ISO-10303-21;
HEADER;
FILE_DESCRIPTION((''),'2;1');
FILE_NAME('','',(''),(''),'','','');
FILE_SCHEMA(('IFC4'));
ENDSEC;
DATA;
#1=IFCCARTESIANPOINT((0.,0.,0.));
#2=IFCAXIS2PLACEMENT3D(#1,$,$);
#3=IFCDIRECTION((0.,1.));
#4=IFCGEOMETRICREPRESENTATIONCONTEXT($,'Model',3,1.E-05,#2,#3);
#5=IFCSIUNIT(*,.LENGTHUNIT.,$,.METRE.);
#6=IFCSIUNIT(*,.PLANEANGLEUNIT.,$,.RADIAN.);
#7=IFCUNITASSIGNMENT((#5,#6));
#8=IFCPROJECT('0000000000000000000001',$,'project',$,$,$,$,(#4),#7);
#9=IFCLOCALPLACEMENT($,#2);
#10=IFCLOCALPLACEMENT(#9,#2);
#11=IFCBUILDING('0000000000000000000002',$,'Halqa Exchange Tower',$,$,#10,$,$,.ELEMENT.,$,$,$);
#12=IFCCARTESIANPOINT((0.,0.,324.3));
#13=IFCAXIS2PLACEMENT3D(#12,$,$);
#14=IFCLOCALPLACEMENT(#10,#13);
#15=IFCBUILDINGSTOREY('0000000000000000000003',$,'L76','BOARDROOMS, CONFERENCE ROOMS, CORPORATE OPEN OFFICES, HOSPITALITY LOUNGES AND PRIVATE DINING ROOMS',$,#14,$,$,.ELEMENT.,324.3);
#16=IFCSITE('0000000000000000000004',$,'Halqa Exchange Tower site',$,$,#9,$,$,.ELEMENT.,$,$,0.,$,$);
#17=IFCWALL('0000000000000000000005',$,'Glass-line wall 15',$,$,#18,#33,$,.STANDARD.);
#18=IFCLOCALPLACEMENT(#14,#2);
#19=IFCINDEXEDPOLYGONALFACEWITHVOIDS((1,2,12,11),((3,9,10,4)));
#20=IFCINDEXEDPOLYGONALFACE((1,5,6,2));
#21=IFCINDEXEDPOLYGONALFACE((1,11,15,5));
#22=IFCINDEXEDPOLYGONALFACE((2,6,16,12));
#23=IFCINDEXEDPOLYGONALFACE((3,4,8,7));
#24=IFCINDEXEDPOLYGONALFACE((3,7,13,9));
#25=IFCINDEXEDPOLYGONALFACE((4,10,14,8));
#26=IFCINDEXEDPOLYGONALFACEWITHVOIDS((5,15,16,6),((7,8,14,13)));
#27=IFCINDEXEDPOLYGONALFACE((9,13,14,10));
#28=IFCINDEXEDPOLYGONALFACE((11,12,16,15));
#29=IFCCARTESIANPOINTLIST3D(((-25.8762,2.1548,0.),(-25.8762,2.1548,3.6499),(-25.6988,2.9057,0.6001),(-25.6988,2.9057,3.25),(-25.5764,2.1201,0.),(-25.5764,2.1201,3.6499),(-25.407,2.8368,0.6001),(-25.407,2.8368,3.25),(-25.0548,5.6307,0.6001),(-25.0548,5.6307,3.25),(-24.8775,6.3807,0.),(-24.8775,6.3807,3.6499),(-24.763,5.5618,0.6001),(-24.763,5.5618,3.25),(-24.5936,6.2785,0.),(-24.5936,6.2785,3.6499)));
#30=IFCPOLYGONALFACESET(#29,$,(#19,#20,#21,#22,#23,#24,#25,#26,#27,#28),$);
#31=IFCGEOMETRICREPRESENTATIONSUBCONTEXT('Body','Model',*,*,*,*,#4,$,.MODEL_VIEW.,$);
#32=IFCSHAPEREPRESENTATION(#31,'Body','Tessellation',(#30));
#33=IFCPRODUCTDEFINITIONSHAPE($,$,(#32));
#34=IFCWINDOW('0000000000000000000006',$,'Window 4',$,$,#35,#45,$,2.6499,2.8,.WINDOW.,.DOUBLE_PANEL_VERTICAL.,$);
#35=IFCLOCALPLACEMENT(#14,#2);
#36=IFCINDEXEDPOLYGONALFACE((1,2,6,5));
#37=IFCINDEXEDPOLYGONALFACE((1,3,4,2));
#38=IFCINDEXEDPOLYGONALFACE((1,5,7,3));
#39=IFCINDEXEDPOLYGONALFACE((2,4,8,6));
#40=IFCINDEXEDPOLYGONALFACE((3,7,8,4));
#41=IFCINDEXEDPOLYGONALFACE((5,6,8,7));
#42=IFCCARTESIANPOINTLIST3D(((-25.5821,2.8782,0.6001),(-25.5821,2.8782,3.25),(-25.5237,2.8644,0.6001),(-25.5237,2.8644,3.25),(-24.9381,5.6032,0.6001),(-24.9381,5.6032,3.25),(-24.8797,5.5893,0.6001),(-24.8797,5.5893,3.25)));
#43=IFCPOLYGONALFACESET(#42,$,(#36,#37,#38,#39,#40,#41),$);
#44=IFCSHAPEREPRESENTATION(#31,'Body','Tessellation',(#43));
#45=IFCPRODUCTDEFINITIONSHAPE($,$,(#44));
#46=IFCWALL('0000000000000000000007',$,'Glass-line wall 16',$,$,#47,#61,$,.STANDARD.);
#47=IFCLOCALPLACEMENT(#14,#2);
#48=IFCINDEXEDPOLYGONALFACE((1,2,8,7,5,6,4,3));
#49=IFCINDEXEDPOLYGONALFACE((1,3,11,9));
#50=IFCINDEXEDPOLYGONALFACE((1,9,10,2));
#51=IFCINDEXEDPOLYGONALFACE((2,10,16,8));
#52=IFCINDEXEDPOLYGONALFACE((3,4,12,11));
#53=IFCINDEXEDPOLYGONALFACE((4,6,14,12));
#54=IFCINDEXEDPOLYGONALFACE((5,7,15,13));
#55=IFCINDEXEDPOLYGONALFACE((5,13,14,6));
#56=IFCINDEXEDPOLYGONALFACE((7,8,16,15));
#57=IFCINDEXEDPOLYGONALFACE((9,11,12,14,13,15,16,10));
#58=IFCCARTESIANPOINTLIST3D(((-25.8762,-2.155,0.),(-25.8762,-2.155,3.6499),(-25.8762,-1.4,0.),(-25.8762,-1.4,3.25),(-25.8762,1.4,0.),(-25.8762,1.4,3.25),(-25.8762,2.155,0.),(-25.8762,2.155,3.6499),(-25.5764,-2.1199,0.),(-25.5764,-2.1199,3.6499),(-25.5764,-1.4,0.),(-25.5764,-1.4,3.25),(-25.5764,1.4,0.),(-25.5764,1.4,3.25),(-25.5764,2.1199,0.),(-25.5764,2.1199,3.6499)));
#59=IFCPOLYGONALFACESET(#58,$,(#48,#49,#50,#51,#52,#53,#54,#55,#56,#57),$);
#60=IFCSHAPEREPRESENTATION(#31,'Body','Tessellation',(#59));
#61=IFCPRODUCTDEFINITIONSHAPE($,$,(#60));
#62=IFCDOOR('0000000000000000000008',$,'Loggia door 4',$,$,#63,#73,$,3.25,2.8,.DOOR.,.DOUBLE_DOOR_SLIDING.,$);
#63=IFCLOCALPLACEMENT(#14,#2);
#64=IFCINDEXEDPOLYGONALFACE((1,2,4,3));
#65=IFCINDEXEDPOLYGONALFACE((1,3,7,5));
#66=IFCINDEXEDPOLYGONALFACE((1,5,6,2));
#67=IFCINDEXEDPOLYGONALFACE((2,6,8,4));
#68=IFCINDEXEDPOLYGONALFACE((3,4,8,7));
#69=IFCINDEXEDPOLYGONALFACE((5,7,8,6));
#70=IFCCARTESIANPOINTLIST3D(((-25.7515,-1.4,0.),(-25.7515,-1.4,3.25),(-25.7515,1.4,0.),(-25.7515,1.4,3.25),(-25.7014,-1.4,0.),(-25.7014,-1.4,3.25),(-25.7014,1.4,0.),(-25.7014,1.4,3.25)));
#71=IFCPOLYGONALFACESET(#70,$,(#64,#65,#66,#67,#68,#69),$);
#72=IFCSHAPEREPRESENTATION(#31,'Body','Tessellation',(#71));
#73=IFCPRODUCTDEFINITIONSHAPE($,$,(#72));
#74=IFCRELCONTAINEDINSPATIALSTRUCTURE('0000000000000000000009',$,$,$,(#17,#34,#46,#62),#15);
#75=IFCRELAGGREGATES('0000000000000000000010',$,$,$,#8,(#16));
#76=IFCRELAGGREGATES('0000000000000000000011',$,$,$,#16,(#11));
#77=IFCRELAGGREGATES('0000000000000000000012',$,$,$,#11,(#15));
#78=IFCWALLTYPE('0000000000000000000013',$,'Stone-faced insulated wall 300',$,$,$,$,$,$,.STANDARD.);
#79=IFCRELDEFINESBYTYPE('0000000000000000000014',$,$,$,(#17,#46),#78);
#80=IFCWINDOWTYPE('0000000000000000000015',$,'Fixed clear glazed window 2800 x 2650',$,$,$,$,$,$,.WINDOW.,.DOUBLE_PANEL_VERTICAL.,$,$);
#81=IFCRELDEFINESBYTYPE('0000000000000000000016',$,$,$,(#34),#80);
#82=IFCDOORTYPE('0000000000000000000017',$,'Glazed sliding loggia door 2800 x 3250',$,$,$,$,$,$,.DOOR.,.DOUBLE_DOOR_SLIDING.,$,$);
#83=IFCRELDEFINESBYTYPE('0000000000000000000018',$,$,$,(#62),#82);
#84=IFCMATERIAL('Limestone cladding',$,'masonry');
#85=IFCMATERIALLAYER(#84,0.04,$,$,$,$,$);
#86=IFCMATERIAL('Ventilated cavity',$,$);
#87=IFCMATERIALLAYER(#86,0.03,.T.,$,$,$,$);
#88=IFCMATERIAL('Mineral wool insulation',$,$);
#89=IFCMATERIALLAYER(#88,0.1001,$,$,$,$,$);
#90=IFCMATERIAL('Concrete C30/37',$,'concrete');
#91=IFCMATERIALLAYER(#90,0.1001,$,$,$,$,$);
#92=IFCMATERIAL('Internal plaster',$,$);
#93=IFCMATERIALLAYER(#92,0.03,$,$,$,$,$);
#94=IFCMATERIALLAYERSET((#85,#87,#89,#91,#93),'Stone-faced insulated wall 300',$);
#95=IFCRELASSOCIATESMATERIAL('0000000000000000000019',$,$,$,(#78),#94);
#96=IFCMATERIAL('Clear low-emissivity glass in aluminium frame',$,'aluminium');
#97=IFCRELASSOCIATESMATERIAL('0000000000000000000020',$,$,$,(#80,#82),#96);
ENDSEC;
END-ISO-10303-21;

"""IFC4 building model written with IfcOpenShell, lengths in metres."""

from ifc_helpers import new_model, si_unit, direction, frame, frame_2d, origin, place, context, subcontext, project, spatial, polyline, rectangle, outline, extrude, material, layer, layer_set, type_object, element, fill, save


model = new_model("IFC4")

# Units and contexts
model_context = context("Model", 3, precision=1e-05, world=origin(), true_north=direction((0.0, 1.0)))
body_context = subcontext(model_context, "Body", "Model", "MODEL_VIEW")
ifc_project = project(units=[si_unit("LENGTHUNIT", "METRE"), si_unit("PLANEANGLEUNIT", "RADIAN")], contexts=[model_context])

# Site, building, storey
site_placement = place(None, origin())
site = spatial("IfcSite", under=ifc_project, at=site_placement, Name="Halqa Exchange Tower site", CompositionType="ELEMENT", RefElevation=0.0)
building_placement = place(site_placement, origin())
building = spatial("IfcBuilding", under=site, at=building_placement, Name="Halqa Exchange Tower", CompositionType="ELEMENT")
storey_placement = place(building_placement, frame((0.0, 0.0, 324.3)))
storey = spatial("IfcBuildingStorey", under=building, at=storey_placement, Name="L76", Description="BOARDROOMS, CONFERENCE ROOMS, CORPORATE OPEN OFFICES, HOSPITALITY LOUNGES AND PRIVATE DINING ROOMS", CompositionType="ELEMENT", Elevation=324.3)

# Wall, opening, window
ifc_material_1 = material(Name="Limestone cladding", Category="masonry")
ifc_layer_1 = layer(ifc_material_1, 0.04)
ifc_material_2 = material(Name="Ventilated cavity")
ifc_layer_2 = layer(ifc_material_2, 0.03, ventilated=True)
ifc_material_3 = material(Name="Mineral wool insulation")
ifc_layer_3 = layer(ifc_material_3, 0.1001)
ifc_material_4 = material(Name="Concrete C30/37", Category="concrete")
ifc_layer_4 = layer(ifc_material_4, 0.1001)
ifc_material_5 = material(Name="Internal plaster")
ifc_layer_5 = layer(ifc_material_5, 0.03)
ifc_layer_set_1 = layer_set([ifc_layer_1, ifc_layer_2, ifc_layer_3, ifc_layer_4, ifc_layer_5], Name="Stone-faced insulated wall 300")
wall_type_1 = type_object("IfcWallType", Name="Stone-faced insulated wall 300", PredefinedType="STANDARD", material=ifc_layer_set_1)
ifc_material_6 = material(Name="Clear low-emissivity glass in aluminium frame", Category="aluminium")
window_type = type_object("IfcWindowType", Name="Fixed clear glazed window 2800 x 2650", PartitioningType="DOUBLE_PANEL_VERTICAL", PredefinedType="WINDOW", material=ifc_material_6)
wall_1_placement = place(storey_placement, frame((-24.7356, 6.3296, 0.0), z_axis=(0.0, 0.0, 1.0), x_axis=(-0.229993, -0.973192, 0.0)))
wall_1 = element("IfcWall", 1, at=wall_1_placement, inside=storey, type_object=wall_type_1, Name="Glass-line wall 15", PredefinedType="STANDARD", context=body_context, shape_type="SweptSolid", body=[
    extrude(outline(polyline([(-0.0171, -0.1499), (4.3252, -0.1499), (4.29, 0.1499), (0.0171, 0.1499), (-0.0171, -0.1499)])), origin(), (0.0, 0.0, 1.0), 3.6499),
])
opening_1_placement = place(wall_1_placement, frame((0.7537, 0.0, 0.6001)))
opening_1 = element("IfcOpeningElement", 2, at=opening_1_placement, cuts=wall_1, PredefinedType="OPENING", context=body_context, shape_type="SweptSolid", body=[
    extrude(rectangle(XDim=2.8, YDim=2.6499, at=frame_2d((1.3999, 1.325))), frame((0.0, 0.1621, 0.0), z_axis=(0.0, -1.0, 0.0), x_axis=(1.0, 0.0, 0.0)), (0.0, 0.0, 1.0), 0.324),
])
window_1_placement = place(opening_1_placement, origin())
window_1 = element("IfcWindow", 3, at=window_1_placement, inside=storey, type_object=window_type, Name="Window 4", OverallHeight=2.6499, OverallWidth=2.8, PartitioningType="DOUBLE_PANEL_VERTICAL", PredefinedType="WINDOW", context=body_context, shape_type="SweptSolid", body=[
    extrude(rectangle(XDim=2.8, YDim=2.6499, at=frame_2d((1.3999, 1.325))), frame((0.0, 0.03, 0.0), z_axis=(0.0, -1.0, 0.0), x_axis=(1.0, 0.0, 0.0)), (0.0, 0.0, 1.0), 0.0601),
])
fill(opening_1, window_1)

# Wall, opening, door
wall_2_placement = place(storey_placement, frame((-25.7263, 2.1375, 0.0), z_axis=(0.0, 0.0, 1.0), x_axis=(0.0, -1.0, 0.0)))
wall_2 = element("IfcWall", 4, at=wall_2_placement, inside=storey, type_object=wall_type_1, Name="Glass-line wall 16", PredefinedType="STANDARD", context=body_context, shape_type="SweptSolid", body=[
    extrude(outline(polyline([(-0.0176, -0.1499), (4.2925, -0.1499), (4.2573, 0.1499), (0.0176, 0.1499), (-0.0176, -0.1499)])), origin(), (0.0, 0.0, 1.0), 3.6499),
])
opening_2_placement = place(wall_2_placement, frame((0.7375, 0.0, 0.0)))
opening_2 = element("IfcOpeningElement", 5, at=opening_2_placement, cuts=wall_2, PredefinedType="OPENING", context=body_context, shape_type="SweptSolid", body=[
    extrude(rectangle(XDim=2.8, YDim=3.25, at=frame_2d((1.3999, 1.625))), frame((0.0, 0.1621, 0.0), z_axis=(0.0, -1.0, 0.0), x_axis=(1.0, 0.0, 0.0)), (0.0, 0.0, 1.0), 0.324),
])
door_type = type_object("IfcDoorType", Name="Glazed sliding loggia door 2800 x 3250", OperationType="DOUBLE_DOOR_SLIDING", PredefinedType="DOOR", material=ifc_material_6)
door_placement = place(opening_2_placement, origin())
door = element("IfcDoor", 6, at=door_placement, inside=storey, type_object=door_type, Name="Loggia door 4", OperationType="DOUBLE_DOOR_SLIDING", OverallHeight=3.25, OverallWidth=2.8, PredefinedType="DOOR", context=body_context, shape_type="SweptSolid", body=[
    extrude(rectangle(XDim=2.8, YDim=3.25, at=frame_2d((1.3999, 1.625))), frame((0.0, 0.0249, 0.0), z_axis=(0.0, -1.0, 0.0), x_axis=(1.0, 0.0, 0.0)), (0.0, 0.0, 1.0), 0.05),
])
fill(opening_2, door)

save(model, "model.ifc")
